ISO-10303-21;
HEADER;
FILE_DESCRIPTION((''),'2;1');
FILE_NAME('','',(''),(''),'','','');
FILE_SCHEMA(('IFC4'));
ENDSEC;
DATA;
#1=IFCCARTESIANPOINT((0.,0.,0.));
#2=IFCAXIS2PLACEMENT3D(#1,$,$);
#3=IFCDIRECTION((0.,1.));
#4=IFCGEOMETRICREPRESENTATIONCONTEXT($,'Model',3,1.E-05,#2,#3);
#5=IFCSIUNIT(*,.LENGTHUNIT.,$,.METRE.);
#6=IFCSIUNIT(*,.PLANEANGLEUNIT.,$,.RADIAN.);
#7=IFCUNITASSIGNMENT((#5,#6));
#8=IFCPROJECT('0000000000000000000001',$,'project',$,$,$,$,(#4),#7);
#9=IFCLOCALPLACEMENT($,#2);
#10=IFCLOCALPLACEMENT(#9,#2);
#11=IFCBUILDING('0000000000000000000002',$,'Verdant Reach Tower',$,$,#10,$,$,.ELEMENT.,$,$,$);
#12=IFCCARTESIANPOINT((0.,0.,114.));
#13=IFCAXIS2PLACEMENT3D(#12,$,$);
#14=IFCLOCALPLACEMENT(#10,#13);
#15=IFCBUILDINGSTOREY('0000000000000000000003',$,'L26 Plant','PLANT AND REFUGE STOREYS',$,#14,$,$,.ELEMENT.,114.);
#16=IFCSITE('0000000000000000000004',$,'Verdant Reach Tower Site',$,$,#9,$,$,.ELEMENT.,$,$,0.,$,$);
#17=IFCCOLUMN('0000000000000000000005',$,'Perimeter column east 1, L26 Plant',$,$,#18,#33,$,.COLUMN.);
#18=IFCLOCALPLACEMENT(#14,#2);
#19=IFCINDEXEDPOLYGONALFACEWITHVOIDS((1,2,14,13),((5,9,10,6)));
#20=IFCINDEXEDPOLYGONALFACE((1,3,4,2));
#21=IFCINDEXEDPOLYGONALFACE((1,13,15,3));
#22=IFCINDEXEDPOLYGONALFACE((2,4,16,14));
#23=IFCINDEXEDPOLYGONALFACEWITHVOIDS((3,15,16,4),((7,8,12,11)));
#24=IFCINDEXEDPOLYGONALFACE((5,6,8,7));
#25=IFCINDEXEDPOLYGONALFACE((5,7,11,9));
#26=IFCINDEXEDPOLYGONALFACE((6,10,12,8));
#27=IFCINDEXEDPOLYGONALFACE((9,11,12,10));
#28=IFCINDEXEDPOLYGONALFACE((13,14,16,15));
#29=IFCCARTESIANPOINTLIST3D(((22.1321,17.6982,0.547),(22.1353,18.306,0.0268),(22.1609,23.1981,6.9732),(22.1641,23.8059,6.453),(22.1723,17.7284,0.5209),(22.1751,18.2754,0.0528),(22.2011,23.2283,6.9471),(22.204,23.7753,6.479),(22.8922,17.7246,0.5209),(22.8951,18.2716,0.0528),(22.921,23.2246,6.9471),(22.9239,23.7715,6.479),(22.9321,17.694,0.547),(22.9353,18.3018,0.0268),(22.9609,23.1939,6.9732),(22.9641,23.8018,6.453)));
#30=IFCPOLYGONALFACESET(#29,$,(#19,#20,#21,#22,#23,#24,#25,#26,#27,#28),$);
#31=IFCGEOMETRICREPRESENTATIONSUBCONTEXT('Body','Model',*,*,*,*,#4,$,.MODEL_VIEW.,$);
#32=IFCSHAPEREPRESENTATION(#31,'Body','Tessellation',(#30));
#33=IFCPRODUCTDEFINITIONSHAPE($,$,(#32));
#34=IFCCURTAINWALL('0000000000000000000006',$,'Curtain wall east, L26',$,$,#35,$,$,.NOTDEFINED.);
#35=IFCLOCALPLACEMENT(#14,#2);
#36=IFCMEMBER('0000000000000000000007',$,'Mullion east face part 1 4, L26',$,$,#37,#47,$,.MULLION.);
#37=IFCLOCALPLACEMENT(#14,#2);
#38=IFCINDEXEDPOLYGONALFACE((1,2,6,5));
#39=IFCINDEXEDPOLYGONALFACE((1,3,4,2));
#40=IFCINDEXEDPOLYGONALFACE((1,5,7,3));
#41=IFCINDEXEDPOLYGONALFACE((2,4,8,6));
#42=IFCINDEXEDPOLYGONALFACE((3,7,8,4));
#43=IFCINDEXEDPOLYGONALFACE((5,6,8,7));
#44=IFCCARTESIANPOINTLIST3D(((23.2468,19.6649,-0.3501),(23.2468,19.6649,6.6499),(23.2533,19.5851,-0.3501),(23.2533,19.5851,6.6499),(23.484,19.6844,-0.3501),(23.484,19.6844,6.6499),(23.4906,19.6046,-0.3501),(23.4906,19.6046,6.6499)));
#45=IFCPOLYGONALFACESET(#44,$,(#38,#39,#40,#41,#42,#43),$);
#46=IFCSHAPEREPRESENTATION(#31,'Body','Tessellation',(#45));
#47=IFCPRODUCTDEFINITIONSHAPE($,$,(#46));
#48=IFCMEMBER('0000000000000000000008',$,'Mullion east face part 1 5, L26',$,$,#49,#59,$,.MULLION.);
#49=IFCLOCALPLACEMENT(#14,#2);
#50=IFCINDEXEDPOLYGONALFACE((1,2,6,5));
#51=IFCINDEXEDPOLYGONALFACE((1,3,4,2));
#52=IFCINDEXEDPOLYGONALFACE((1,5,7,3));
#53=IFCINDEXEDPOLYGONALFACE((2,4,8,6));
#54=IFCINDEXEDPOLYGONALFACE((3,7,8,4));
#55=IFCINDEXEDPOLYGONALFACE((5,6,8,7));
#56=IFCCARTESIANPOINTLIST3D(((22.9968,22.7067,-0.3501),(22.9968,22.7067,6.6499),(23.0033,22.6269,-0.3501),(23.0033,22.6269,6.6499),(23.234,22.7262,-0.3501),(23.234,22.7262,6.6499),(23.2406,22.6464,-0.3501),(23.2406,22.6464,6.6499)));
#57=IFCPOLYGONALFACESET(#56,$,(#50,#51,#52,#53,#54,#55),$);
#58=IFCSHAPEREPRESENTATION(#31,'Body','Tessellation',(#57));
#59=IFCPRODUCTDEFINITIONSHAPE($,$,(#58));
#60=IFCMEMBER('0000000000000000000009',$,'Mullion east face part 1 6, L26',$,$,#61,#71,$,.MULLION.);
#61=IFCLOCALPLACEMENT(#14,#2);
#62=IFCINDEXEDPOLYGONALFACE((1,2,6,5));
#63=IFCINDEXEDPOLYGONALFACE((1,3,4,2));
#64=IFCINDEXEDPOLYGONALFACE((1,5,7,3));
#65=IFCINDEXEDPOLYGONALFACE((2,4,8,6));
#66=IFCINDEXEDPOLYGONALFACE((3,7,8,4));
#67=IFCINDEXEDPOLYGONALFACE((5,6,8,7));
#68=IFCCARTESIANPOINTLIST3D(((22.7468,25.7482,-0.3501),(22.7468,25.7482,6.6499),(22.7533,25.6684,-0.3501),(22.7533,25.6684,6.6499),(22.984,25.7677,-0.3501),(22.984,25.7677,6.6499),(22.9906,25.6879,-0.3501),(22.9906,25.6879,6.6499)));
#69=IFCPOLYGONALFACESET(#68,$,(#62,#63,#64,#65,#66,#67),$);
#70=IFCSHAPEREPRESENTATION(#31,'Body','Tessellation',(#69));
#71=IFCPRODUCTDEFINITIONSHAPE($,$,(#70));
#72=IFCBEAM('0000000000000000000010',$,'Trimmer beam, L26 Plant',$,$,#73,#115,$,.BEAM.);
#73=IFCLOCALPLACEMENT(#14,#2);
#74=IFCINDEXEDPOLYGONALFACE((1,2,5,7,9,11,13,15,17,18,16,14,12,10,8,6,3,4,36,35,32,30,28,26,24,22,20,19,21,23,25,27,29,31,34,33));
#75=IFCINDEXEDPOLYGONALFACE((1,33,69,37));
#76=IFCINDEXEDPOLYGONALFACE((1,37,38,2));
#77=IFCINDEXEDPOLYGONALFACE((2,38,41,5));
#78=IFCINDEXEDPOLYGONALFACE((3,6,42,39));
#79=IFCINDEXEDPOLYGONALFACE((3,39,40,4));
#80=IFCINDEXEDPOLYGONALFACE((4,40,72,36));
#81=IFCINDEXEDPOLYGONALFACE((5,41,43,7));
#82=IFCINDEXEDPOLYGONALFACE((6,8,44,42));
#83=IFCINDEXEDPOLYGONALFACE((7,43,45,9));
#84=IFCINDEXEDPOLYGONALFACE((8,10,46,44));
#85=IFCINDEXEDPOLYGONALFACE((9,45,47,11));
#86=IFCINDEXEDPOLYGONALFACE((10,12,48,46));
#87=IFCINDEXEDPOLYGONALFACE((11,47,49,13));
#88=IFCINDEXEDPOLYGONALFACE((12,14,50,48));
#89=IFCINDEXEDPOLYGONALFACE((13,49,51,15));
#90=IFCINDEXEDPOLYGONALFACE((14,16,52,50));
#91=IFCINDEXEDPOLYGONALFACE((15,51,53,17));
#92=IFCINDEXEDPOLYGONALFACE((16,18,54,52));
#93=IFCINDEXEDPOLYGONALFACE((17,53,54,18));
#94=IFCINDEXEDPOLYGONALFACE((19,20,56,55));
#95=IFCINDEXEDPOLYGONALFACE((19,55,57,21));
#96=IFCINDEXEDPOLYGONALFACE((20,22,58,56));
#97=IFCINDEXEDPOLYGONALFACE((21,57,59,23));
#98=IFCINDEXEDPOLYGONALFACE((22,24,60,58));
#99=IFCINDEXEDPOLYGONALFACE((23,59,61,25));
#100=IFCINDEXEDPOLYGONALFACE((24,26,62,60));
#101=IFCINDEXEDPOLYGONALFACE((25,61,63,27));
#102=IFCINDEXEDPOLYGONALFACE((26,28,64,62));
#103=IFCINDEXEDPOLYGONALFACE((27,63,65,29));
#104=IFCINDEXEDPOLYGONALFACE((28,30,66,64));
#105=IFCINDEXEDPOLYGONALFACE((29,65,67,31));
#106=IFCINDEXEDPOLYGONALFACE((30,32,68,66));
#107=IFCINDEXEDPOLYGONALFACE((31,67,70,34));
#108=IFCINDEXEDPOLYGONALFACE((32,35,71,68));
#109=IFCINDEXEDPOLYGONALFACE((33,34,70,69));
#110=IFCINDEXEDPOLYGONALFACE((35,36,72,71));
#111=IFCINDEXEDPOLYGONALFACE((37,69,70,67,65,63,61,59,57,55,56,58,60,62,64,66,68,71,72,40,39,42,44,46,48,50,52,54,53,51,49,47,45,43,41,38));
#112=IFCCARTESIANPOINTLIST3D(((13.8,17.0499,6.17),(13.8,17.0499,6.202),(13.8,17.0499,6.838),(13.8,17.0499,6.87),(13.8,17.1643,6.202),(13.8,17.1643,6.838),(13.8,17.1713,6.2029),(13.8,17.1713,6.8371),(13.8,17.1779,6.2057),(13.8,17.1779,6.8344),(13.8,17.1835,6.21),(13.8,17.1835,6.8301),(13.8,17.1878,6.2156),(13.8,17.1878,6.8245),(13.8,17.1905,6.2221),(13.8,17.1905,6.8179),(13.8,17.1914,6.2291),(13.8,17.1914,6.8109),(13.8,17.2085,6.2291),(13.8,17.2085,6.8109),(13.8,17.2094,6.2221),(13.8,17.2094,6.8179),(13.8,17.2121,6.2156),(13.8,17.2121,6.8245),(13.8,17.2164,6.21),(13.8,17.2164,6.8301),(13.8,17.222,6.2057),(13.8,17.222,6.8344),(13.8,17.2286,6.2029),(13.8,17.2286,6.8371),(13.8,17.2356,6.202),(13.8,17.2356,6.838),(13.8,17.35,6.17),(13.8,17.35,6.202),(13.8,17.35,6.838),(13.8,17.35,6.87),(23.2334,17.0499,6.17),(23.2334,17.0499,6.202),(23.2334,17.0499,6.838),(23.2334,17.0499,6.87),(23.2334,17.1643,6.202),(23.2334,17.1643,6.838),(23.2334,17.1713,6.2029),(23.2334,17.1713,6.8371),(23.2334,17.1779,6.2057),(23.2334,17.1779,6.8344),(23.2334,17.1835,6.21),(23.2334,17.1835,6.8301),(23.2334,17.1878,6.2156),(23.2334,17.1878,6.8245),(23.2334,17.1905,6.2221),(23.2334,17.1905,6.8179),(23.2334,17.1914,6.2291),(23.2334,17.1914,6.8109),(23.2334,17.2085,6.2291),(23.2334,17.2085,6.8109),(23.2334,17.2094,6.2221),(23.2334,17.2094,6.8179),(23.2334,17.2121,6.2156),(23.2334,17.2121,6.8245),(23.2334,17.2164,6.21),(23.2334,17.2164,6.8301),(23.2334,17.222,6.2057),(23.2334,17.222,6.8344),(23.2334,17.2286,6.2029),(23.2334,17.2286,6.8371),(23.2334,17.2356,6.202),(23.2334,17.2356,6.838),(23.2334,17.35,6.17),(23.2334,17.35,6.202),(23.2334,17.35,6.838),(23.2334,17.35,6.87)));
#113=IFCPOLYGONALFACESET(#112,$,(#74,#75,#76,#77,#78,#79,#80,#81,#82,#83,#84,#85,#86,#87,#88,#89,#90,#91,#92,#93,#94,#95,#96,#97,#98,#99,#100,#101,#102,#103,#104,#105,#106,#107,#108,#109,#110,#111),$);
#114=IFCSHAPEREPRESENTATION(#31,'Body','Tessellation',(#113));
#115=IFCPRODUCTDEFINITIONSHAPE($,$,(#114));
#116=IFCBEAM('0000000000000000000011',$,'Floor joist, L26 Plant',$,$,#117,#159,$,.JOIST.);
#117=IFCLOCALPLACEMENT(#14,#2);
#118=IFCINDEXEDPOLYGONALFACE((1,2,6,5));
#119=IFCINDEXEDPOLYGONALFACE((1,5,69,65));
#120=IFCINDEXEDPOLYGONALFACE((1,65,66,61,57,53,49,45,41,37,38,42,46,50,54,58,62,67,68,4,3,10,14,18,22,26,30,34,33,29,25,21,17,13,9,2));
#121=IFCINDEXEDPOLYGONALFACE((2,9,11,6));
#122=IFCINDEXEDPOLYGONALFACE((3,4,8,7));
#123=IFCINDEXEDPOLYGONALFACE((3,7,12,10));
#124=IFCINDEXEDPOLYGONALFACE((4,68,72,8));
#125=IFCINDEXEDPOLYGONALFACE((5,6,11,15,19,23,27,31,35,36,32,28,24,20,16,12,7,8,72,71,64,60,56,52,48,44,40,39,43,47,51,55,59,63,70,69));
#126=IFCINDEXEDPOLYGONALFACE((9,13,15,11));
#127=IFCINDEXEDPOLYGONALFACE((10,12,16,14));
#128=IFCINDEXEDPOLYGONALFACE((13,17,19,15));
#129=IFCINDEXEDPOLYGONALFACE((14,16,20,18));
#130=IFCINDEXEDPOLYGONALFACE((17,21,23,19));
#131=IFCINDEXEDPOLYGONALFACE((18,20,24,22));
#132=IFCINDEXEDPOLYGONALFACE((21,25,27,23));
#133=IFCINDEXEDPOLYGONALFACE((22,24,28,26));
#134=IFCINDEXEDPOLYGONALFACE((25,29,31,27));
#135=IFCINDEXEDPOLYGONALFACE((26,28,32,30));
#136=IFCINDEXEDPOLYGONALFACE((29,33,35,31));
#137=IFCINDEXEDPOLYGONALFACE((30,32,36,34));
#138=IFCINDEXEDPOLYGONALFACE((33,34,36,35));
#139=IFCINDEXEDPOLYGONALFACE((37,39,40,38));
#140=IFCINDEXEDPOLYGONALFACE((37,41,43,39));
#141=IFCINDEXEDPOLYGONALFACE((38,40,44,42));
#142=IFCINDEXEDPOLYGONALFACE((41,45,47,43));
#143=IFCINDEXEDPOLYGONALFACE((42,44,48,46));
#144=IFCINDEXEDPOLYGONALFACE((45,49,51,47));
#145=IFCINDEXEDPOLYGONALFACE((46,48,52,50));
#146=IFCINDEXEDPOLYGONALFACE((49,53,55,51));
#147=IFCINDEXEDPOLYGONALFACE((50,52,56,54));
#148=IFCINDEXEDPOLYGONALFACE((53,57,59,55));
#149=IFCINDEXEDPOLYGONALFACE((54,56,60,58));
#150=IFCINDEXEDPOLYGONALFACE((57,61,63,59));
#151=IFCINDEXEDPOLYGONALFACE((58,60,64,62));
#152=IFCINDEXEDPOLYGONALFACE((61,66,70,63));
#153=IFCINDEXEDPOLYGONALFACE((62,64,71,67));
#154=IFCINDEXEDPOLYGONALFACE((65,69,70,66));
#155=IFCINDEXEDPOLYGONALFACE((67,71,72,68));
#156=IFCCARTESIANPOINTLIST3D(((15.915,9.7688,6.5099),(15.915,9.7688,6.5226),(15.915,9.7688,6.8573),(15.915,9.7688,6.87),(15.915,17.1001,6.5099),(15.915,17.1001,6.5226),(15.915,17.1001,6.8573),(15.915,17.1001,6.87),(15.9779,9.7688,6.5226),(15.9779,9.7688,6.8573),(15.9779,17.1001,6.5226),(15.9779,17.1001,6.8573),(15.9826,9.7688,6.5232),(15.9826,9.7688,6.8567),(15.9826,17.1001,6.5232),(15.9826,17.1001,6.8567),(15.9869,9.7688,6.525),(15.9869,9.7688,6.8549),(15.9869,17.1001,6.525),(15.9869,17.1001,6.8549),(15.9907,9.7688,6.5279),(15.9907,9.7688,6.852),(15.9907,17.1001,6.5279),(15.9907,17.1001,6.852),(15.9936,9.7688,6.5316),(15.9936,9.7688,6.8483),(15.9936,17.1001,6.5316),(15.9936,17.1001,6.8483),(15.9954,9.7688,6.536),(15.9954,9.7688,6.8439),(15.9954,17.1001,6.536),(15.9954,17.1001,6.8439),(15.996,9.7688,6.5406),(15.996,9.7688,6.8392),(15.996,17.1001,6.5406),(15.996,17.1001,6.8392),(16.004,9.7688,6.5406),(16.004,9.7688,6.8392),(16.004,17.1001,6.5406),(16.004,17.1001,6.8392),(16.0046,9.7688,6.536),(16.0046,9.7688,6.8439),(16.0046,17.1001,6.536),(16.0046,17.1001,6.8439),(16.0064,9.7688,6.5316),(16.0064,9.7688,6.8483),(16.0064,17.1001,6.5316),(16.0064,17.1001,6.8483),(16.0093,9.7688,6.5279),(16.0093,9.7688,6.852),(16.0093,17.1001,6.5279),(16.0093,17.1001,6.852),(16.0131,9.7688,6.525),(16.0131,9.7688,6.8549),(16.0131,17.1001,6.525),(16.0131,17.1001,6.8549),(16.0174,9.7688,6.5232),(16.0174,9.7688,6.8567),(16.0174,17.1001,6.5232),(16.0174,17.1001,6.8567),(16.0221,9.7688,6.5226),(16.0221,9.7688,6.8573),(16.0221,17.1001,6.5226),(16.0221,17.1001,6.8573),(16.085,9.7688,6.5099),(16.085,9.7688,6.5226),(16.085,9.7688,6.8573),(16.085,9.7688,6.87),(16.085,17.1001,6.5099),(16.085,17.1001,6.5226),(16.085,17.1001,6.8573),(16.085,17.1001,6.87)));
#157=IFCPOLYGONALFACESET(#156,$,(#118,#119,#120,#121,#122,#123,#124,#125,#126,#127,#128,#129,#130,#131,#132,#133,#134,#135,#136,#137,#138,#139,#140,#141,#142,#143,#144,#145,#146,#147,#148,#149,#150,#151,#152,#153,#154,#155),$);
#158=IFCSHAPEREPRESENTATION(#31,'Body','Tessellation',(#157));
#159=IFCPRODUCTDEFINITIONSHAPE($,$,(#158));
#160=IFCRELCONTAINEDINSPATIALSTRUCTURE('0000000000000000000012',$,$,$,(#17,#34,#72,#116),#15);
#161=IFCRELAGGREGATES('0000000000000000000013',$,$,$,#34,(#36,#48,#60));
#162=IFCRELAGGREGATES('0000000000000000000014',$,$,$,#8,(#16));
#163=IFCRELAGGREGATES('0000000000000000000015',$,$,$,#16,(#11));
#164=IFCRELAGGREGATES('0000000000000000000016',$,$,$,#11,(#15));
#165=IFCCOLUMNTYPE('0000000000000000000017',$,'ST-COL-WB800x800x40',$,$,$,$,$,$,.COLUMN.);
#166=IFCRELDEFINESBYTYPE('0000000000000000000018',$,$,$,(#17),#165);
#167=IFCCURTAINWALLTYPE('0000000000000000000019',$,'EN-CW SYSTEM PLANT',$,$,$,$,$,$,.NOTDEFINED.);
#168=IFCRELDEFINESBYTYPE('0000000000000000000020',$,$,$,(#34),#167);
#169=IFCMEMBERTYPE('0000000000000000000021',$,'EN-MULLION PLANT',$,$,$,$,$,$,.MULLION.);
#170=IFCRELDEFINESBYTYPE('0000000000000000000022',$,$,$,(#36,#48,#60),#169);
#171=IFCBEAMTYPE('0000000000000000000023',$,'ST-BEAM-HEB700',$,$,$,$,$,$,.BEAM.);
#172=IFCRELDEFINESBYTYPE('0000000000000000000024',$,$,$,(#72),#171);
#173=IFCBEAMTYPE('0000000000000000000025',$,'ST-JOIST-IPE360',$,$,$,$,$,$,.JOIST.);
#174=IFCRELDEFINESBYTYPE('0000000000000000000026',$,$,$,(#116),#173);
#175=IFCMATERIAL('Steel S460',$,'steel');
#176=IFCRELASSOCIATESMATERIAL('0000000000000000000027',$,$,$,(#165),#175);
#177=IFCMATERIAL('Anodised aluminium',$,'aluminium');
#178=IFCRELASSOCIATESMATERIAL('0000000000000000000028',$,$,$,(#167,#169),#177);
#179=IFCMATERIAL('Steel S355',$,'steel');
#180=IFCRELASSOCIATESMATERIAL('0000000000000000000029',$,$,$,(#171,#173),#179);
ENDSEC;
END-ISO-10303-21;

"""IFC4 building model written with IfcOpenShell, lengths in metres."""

from ifc_helpers import new_model, si_unit, direction, frame, origin, origin_2d, place, context, subcontext, project, spatial, rectangle, hollow_rectangle, i_section, extrude, material, material_profile, profile_set, type_object, element, aggregate, save


model = new_model("IFC4")

# Units and contexts
model_context = context("Model", 3, precision=1e-05, world=origin(), true_north=direction((0.0, 1.0)))
body_context = subcontext(model_context, "Body", "Model", "MODEL_VIEW")
ifc_project = project(units=[si_unit("LENGTHUNIT", "METRE"), si_unit("PLANEANGLEUNIT", "RADIAN")], contexts=[model_context])

# Site, building, storey
site_placement = place(None, origin())
site = spatial("IfcSite", under=ifc_project, at=site_placement, Name="Verdant Reach Tower Site", CompositionType="ELEMENT", RefElevation=0.0)
building_placement = place(site_placement, origin())
building = spatial("IfcBuilding", under=site, at=building_placement, Name="Verdant Reach Tower", CompositionType="ELEMENT")
storey_placement = place(building_placement, frame((0.0, 0.0, 114.0)))
storey = spatial("IfcBuildingStorey", under=building, at=storey_placement, Name="L26 Plant", Description="PLANT AND REFUGE STOREYS", CompositionType="ELEMENT", Elevation=114.0)

# Column
ifc_material_1 = material(Name="Steel S460", Category="steel")
ifc_material_profile_1 = material_profile(ifc_material_1, hollow_rectangle(XDim=0.8, YDim=0.8, WallThickness=0.04, at=origin_2d()), Name="WB 800x800x40")
ifc_profile_set_1 = profile_set([ifc_material_profile_1], Name="Steel S460")
column_type = type_object("IfcColumnType", Name="ST-COL-WB800x800x40", PredefinedType="COLUMN", material=ifc_profile_set_1)
column_placement = place(storey_placement, frame((22.5337, 18.0, 0.2869), z_axis=(0.003406, 0.650226, 0.759733), x_axis=(-0.999986, 0.005238, 0.0)))
element("IfcColumn", 1, at=column_placement, inside=storey, type_object=column_type, Name="Perimeter column east 1, L26 Plant", PredefinedType="COLUMN", context=body_context, shape_type="SweptSolid", body=[
    extrude(hollow_rectangle(XDim=0.8, YDim=0.8, WallThickness=0.04, at=origin_2d()), origin(), (0.0, 0.0, 1.0), 8.4585),
])

# Curtain wall, members
ifc_material_2 = material(Name="Anodised aluminium", Category="aluminium")
curtain_wall_type = type_object("IfcCurtainWallType", Name="EN-CW SYSTEM PLANT", PredefinedType="NOTDEFINED", material=ifc_material_2)
curtain_wall_placement = place(storey_placement, origin())
curtain_wall = element("IfcCurtainWall", 2, at=curtain_wall_placement, inside=storey, type_object=curtain_wall_type, Name="Curtain wall east, L26", PredefinedType="NOTDEFINED")
ifc_material_profile_2 = material_profile(ifc_material_2, rectangle(XDim=0.238, YDim=0.0801, at=origin_2d()), Name="Mullion 80x240")
ifc_profile_set_2 = profile_set([ifc_material_profile_2], Name="Anodised aluminium")
member_type_1 = type_object("IfcMemberType", Name="EN-MULLION PLANT", PredefinedType="MULLION", material=ifc_profile_set_2)
member_1_placement = place(storey_placement, frame((23.3687, 19.6348, -0.3501), z_axis=(0.0, 0.0, 1.0), x_axis=(0.996639, 0.081916, 0.0)))
member_1 = element("IfcMember", 3, at=member_1_placement, type_object=member_type_1, Name="Mullion east face part 1 4, L26", PredefinedType="MULLION", context=body_context, shape_type="SweptSolid", body=[
    extrude(rectangle(XDim=0.238, YDim=0.0801, at=origin_2d()), origin(), (0.0, 0.0, 1.0), 7.0),
])
member_2_placement = place(storey_placement, frame((23.1187, 22.6765, -0.3501), z_axis=(0.0, 0.0, 1.0), x_axis=(0.996639, 0.081916, 0.0)))
member_2 = element("IfcMember", 4, at=member_2_placement, type_object=member_type_1, Name="Mullion east face part 1 5, L26", PredefinedType="MULLION", context=body_context, shape_type="SweptSolid", body=[
    extrude(rectangle(XDim=0.238, YDim=0.0801, at=origin_2d()), origin(), (0.0, 0.0, 1.0), 7.0),
])
member_3_placement = place(storey_placement, frame((22.8687, 25.718, -0.3501), z_axis=(0.0, 0.0, 1.0), x_axis=(0.996639, 0.081916, 0.0)))
member_3 = element("IfcMember", 5, at=member_3_placement, type_object=member_type_1, Name="Mullion east face part 1 6, L26", PredefinedType="MULLION", context=body_context, shape_type="SweptSolid", body=[
    extrude(rectangle(XDim=0.238, YDim=0.0801, at=origin_2d()), origin(), (0.0, 0.0, 1.0), 7.0),
])

# Beams
ifc_material_3 = material(Name="Steel S355", Category="steel")
ifc_material_profile_3 = material_profile(ifc_material_3, i_section(OverallWidth=0.3, OverallDepth=0.7, WebThickness=0.0171, FlangeThickness=0.032, FilletRadius=0.0271, at=origin_2d()), Name="HEB 700")
ifc_profile_set_3 = profile_set([ifc_material_profile_3], Name="Steel S355")
beam_type_1 = type_object("IfcBeamType", Name="ST-BEAM-HEB700", PredefinedType="BEAM", material=ifc_profile_set_3)
beam_1_placement = place(storey_placement, frame((13.8, 17.2, 6.52), z_axis=(1.0, 0.0, 0.0), x_axis=(0.0, 1.0, 0.0)))
element("IfcBeam", 6, at=beam_1_placement, inside=storey, type_object=beam_type_1, Name="Trimmer beam, L26 Plant", PredefinedType="BEAM", context=body_context, shape_type="SweptSolid", body=[
    extrude(i_section(OverallWidth=0.3, OverallDepth=0.7, WebThickness=0.0171, FlangeThickness=0.032, FilletRadius=0.0271, at=origin_2d()), origin(), (0.0, 0.0, 1.0), 9.4333),
])
ifc_material_profile_4 = material_profile(ifc_material_3, i_section(OverallWidth=0.1699, OverallDepth=0.3601, WebThickness=0.0081, FlangeThickness=0.0127, FilletRadius=0.0181, at=origin_2d()), Name="IPE 360")
ifc_profile_set_4 = profile_set([ifc_material_profile_4], Name="Steel S355")
beam_type_2 = type_object("IfcBeamType", Name="ST-JOIST-IPE360", PredefinedType="JOIST", material=ifc_profile_set_4)
beam_2_placement = place(storey_placement, frame((16.0, 17.1001, 6.6899), z_axis=(0.0, -1.0, 0.0), x_axis=(1.0, 0.0, 0.0)))
element("IfcBeam", 7, at=beam_2_placement, inside=storey, type_object=beam_type_2, Name="Floor joist, L26 Plant", PredefinedType="JOIST", context=body_context, shape_type="SweptSolid", body=[
    extrude(i_section(OverallWidth=0.1699, OverallDepth=0.3601, WebThickness=0.0081, FlangeThickness=0.0127, FilletRadius=0.0181, at=origin_2d()), origin(), (0.0, 0.0, 1.0), 7.3313),
])

aggregate(curtain_wall, [member_1, member_2, member_3])

save(model, "model.ifc")
